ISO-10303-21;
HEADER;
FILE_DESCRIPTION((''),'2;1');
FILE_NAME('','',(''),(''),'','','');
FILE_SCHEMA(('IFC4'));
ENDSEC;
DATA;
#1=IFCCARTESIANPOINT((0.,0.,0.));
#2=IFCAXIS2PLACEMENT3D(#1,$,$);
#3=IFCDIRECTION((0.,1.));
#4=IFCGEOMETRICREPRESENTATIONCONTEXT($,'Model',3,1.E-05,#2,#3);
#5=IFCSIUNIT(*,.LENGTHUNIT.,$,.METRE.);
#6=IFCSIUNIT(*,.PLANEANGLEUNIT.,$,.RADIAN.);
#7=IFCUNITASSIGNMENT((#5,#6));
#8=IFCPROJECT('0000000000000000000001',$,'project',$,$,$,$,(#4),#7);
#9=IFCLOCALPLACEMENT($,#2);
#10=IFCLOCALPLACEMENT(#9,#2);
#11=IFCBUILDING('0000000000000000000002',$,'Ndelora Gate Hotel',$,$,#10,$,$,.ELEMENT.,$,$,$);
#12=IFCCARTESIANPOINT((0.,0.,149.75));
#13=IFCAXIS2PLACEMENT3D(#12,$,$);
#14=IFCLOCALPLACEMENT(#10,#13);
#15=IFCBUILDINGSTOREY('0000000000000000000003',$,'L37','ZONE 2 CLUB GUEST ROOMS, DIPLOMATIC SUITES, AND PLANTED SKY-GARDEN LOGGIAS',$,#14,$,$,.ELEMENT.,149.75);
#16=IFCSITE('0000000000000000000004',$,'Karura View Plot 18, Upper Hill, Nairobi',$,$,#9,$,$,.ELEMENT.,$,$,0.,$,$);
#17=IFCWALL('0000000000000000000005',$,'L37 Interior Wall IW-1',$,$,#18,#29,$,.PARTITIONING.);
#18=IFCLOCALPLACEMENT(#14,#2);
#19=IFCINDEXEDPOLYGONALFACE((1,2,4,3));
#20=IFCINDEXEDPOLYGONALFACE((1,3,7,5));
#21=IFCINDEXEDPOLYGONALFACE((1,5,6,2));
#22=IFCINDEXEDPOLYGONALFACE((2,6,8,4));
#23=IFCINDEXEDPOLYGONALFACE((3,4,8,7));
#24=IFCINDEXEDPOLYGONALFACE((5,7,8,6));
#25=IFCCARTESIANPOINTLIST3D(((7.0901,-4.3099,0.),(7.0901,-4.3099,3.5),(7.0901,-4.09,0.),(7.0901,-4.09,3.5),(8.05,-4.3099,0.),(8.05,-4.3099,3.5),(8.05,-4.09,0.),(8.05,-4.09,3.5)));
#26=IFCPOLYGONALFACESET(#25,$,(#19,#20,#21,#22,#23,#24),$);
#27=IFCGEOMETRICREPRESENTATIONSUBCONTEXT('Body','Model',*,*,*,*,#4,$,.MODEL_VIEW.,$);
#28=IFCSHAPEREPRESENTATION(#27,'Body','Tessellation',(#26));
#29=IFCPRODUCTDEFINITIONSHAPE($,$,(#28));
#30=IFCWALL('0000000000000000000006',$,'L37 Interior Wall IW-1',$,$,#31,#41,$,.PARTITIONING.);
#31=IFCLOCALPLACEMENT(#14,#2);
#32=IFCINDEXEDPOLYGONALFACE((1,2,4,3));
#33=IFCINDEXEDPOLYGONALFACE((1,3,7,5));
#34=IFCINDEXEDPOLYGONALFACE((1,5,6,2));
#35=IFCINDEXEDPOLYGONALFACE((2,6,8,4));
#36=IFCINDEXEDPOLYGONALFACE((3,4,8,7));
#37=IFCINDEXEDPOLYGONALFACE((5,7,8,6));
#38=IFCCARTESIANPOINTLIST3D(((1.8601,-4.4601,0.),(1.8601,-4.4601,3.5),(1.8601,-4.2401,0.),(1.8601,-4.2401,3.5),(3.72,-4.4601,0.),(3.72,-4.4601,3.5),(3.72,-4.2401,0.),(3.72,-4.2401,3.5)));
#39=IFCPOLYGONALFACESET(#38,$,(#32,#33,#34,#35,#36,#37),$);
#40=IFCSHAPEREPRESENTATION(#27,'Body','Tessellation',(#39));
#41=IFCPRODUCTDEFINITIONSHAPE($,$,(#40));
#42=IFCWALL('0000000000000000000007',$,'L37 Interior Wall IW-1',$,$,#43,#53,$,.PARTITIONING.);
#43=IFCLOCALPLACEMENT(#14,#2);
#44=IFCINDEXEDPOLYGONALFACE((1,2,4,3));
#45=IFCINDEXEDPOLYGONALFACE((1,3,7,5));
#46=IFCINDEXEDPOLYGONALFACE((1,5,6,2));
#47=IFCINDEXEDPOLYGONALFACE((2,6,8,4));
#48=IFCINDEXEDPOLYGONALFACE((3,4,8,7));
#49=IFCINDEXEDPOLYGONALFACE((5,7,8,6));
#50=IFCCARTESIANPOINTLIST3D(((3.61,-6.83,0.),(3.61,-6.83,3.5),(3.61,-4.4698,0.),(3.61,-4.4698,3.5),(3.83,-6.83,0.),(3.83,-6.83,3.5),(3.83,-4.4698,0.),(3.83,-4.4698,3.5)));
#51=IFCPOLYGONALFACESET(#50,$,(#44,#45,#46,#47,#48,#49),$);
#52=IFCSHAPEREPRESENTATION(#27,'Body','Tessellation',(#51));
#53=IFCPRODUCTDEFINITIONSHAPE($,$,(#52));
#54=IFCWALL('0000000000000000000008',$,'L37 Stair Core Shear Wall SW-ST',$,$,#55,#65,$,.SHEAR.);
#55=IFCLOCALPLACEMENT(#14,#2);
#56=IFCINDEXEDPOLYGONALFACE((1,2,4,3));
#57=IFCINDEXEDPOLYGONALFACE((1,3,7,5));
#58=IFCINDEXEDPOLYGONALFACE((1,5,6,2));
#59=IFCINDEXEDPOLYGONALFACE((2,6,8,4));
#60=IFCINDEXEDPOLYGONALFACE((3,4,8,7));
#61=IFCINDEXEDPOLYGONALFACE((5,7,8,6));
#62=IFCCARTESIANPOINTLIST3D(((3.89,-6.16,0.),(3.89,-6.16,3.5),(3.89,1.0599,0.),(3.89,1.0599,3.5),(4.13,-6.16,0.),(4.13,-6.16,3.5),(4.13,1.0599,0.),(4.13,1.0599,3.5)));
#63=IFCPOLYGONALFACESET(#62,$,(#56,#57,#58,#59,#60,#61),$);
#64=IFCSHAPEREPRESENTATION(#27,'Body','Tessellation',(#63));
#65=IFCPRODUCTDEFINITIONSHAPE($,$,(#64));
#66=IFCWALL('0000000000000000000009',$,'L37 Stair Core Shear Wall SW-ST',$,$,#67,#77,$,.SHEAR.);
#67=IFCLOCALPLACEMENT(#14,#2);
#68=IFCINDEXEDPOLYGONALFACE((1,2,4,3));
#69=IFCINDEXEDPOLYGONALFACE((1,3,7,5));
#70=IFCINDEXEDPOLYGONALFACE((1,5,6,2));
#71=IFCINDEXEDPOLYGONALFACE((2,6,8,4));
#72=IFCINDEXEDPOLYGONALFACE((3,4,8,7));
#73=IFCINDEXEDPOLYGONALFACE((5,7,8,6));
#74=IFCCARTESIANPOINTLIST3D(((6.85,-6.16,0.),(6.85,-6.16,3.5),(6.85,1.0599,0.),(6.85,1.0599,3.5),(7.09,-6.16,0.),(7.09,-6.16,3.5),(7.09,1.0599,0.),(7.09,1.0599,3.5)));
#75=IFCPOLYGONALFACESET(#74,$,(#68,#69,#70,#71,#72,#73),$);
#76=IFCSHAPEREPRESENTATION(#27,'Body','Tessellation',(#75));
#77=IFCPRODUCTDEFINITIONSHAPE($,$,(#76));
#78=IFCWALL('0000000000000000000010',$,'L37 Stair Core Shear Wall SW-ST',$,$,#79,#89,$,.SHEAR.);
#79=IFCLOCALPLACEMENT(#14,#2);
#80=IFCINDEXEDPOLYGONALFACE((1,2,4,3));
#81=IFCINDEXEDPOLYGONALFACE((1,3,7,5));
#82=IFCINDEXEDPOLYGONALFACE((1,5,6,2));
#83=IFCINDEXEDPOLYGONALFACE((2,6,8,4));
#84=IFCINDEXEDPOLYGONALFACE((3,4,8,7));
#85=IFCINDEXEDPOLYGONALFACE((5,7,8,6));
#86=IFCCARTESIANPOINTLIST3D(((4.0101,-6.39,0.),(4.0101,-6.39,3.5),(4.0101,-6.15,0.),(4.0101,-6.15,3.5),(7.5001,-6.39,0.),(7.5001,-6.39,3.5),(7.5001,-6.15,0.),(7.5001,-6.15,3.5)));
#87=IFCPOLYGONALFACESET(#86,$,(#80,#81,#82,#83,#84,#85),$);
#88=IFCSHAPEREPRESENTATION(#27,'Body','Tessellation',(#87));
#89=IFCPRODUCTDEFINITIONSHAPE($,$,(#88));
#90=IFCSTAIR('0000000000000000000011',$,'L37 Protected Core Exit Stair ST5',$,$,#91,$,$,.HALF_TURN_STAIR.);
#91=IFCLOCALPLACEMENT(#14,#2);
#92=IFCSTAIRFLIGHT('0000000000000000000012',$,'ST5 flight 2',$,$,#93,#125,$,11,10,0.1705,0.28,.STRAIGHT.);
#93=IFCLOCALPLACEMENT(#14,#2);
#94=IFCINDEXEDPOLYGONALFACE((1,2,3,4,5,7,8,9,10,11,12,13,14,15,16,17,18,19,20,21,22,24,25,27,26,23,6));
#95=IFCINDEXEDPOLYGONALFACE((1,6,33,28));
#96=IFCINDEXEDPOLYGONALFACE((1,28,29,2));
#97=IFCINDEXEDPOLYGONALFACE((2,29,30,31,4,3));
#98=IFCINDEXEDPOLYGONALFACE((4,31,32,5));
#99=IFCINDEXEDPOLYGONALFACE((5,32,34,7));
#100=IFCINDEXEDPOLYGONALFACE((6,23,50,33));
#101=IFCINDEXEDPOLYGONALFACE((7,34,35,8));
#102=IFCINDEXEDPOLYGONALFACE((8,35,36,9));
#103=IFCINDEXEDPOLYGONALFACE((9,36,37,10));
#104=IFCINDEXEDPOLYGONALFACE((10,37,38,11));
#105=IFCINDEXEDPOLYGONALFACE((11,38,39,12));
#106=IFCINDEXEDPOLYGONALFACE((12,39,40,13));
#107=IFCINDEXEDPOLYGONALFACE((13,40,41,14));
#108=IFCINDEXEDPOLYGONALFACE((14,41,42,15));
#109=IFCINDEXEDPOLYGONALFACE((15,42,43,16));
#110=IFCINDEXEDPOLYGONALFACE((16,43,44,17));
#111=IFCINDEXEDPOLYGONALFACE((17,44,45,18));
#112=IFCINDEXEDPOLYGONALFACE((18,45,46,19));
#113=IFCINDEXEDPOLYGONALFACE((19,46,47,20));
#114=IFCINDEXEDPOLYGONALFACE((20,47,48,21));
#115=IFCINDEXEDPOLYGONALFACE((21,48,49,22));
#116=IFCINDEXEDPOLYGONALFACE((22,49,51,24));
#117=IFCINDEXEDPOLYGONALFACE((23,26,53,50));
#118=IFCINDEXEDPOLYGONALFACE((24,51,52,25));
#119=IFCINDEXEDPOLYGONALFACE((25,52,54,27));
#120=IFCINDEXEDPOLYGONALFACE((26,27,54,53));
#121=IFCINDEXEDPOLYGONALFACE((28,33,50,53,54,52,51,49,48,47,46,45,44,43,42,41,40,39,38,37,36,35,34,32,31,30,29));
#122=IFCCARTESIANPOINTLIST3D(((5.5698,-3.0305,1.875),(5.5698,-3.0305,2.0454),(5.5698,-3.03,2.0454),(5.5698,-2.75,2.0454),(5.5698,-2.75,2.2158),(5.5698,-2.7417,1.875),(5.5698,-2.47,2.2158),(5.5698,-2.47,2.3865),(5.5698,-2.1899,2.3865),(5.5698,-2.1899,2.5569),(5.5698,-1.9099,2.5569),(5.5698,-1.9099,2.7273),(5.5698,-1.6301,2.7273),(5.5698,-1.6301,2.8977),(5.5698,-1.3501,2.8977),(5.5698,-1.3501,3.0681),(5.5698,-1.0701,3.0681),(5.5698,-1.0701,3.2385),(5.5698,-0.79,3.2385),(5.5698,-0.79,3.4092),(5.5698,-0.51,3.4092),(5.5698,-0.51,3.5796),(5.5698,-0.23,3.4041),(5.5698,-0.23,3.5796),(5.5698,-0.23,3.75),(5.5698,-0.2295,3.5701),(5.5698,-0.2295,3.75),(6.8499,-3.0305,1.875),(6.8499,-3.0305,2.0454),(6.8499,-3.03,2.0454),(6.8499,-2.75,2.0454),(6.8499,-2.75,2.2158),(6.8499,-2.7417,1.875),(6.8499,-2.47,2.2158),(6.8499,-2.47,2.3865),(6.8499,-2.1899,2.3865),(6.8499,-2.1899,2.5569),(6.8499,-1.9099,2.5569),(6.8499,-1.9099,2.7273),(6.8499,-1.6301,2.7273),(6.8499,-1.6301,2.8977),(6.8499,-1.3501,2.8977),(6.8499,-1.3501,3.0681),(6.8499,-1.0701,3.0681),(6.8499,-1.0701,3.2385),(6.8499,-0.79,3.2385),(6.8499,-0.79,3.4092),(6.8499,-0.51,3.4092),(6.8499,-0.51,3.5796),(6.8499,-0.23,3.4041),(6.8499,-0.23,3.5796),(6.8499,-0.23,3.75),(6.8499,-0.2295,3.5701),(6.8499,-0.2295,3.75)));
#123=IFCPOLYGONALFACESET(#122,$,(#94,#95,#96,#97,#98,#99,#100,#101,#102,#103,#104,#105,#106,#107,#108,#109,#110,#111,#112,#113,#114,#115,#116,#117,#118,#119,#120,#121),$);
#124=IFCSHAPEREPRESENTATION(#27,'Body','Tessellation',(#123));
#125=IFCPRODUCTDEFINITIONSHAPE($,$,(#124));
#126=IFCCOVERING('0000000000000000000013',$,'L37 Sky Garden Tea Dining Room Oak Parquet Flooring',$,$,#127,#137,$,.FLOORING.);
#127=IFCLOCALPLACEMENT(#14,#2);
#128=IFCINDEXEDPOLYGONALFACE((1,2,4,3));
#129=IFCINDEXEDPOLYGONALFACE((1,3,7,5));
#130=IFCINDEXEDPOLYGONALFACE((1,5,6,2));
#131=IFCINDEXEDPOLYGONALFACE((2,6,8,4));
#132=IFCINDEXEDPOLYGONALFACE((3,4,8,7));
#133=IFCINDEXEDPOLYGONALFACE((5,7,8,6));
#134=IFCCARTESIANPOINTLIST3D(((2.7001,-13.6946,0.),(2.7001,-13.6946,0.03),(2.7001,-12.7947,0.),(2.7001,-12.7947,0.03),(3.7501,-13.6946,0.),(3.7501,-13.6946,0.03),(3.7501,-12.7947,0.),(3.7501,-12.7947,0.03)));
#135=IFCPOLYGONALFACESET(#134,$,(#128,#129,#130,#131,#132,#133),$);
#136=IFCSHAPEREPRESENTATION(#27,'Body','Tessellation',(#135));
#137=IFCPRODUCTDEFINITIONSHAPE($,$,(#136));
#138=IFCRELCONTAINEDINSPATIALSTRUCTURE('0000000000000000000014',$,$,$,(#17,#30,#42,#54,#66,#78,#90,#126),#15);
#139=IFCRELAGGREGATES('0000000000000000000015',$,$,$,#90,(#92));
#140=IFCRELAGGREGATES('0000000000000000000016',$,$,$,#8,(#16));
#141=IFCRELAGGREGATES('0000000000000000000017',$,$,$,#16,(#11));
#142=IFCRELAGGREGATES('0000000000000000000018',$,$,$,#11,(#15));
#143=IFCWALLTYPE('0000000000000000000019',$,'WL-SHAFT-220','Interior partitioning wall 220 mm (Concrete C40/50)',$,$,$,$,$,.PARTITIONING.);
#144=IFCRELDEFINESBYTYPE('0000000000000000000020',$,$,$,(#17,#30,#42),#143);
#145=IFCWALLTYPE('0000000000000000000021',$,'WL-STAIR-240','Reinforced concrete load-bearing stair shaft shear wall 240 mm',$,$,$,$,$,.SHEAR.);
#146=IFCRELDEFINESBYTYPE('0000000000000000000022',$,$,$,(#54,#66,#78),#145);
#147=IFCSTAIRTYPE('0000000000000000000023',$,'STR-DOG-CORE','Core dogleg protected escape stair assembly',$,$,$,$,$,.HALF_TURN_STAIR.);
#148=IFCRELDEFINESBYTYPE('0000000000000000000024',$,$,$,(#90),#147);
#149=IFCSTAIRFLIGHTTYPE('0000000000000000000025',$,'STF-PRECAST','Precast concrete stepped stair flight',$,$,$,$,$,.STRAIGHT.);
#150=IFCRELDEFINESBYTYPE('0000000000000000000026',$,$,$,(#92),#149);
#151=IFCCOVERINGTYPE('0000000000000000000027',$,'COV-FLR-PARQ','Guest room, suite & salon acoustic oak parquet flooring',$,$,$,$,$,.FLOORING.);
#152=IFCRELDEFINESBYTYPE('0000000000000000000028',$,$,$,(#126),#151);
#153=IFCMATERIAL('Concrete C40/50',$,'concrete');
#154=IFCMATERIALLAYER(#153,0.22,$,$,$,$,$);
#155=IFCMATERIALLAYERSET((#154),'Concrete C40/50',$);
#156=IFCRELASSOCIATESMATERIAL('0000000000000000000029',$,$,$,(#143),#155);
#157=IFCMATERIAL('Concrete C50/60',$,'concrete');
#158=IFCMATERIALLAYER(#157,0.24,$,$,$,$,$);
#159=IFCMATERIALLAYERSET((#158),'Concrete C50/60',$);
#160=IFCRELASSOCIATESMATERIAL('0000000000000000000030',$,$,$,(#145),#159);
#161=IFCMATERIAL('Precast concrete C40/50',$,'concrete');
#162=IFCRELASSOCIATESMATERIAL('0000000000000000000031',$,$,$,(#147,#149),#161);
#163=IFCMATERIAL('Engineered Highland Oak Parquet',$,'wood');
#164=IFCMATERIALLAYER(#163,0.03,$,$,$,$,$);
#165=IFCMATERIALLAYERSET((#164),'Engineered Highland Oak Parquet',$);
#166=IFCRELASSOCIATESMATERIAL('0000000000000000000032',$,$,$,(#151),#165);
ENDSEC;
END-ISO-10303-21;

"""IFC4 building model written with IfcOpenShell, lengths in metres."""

from ifc_helpers import new_model, si_unit, direction, frame, frame_2d, origin, origin_2d, place, context, subcontext, project, spatial, polyline, rectangle, outline, extrude, material, layer, layer_set, type_object, element, aggregate, save


model = new_model("IFC4")

# Units and contexts
model_context = context("Model", 3, precision=1e-05, world=origin(), true_north=direction((0.0, 1.0)))
body_context = subcontext(model_context, "Body", "Model", "MODEL_VIEW")
ifc_project = project(units=[si_unit("LENGTHUNIT", "METRE"), si_unit("PLANEANGLEUNIT", "RADIAN")], contexts=[model_context])

# Site, building, storey
site_placement = place(None, origin())
site = spatial("IfcSite", under=ifc_project, at=site_placement, Name="Karura View Plot 18, Upper Hill, Nairobi", CompositionType="ELEMENT", RefElevation=0.0)
building_placement = place(site_placement, origin())
building = spatial("IfcBuilding", under=site, at=building_placement, Name="Ndelora Gate Hotel", CompositionType="ELEMENT")
storey_placement = place(building_placement, frame((0.0, 0.0, 149.75)))
storey = spatial("IfcBuildingStorey", under=building, at=storey_placement, Name="L37", Description="ZONE 2 CLUB GUEST ROOMS, DIPLOMATIC SUITES, AND PLANTED SKY-GARDEN LOGGIAS", CompositionType="ELEMENT", Elevation=149.75)

# Walls
ifc_material_1 = material(Name="Concrete C40/50", Category="concrete")
ifc_layer_1 = layer(ifc_material_1, 0.22)
ifc_layer_set_1 = layer_set([ifc_layer_1], Name="Concrete C40/50")
wall_type_1 = type_object("IfcWallType", Name="WL-SHAFT-220", Description="Interior partitioning wall 220 mm (Concrete C40/50)", PredefinedType="PARTITIONING", material=ifc_layer_set_1)
wall_1_placement = place(storey_placement, frame((7.0901, -4.2, 0.0), z_axis=(0.0, 0.0, 1.0), x_axis=(1.0, 0.0, 0.0)))
element("IfcWall", 1, at=wall_1_placement, inside=storey, type_object=wall_type_1, Name="L37 Interior Wall IW-1", PredefinedType="PARTITIONING", context=body_context, shape_type="SweptSolid", body=[
    extrude(rectangle(XDim=0.96, YDim=0.22, at=frame_2d((0.48, 0.0))), origin(), (0.0, 0.0, 1.0), 3.5),
])
wall_2_placement = place(storey_placement, frame((1.8601, -4.3501, 0.0), z_axis=(0.0, 0.0, 1.0), x_axis=(1.0, 0.0, 0.0)))
element("IfcWall", 2, at=wall_2_placement, inside=storey, type_object=wall_type_1, Name="L37 Interior Wall IW-1", PredefinedType="PARTITIONING", context=body_context, shape_type="SweptSolid", body=[
    extrude(rectangle(XDim=1.8599, YDim=0.22, at=frame_2d((0.9299, 0.0))), origin(), (0.0, 0.0, 1.0), 3.5),
])
wall_3_placement = place(storey_placement, frame((3.72, -6.8301, 0.0), z_axis=(0.0, 0.0, 1.0), x_axis=(0.0, 1.0, 0.0)))
element("IfcWall", 3, at=wall_3_placement, inside=storey, type_object=wall_type_1, Name="L37 Interior Wall IW-1", PredefinedType="PARTITIONING", context=body_context, shape_type="SweptSolid", body=[
    extrude(rectangle(XDim=2.3601, YDim=0.22, at=frame_2d((1.1802, 0.0))), origin(), (0.0, 0.0, 1.0), 3.5),
])
ifc_material_2 = material(Name="Concrete C50/60", Category="concrete")
ifc_layer_2 = layer(ifc_material_2, 0.24)
ifc_layer_set_2 = layer_set([ifc_layer_2], Name="Concrete C50/60")
wall_type_2 = type_object("IfcWallType", Name="WL-STAIR-240", Description="Reinforced concrete load-bearing stair shaft shear wall 240 mm", PredefinedType="SHEAR", material=ifc_layer_set_2)
for number, where, z_axis, x_axis, name in (
    (4, (4.01, -6.1599, 0.0), (0.0, 0.0, 1.0), (0.0, 1.0, 0.0), "L37 Stair Core Shear Wall SW-ST"),
    (5, (6.97, -6.1599, 0.0), (0.0, 0.0, 1.0), (0.0, 1.0, 0.0), "L37 Stair Core Shear Wall SW-ST"),
):
    element("IfcWall", number, at=place(storey_placement, frame(where, z_axis=z_axis, x_axis=x_axis)), inside=storey, type_object=wall_type_2, Name=name, PredefinedType="SHEAR", context=body_context, shape_type="SweptSolid", body=[
        extrude(rectangle(XDim=7.22, YDim=0.24, at=frame_2d((3.6099, 0.0))), origin(), (0.0, 0.0, 1.0), 3.5),
    ])
wall_4_placement = place(storey_placement, frame((4.01, -6.27, 0.0), z_axis=(0.0, 0.0, 1.0), x_axis=(1.0, 0.0, 0.0)))
element("IfcWall", 6, at=wall_4_placement, inside=storey, type_object=wall_type_2, Name="L37 Stair Core Shear Wall SW-ST", PredefinedType="SHEAR", context=body_context, shape_type="SweptSolid", body=[
    extrude(rectangle(XDim=3.49, YDim=0.24, at=frame_2d((1.7451, 0.0))), origin(), (0.0, 0.0, 1.0), 3.5),
])

# Stair, stair flight
ifc_material_3 = material(Name="Precast concrete C40/50", Category="concrete")
stair_type = type_object("IfcStairType", Name="STR-DOG-CORE", Description="Core dogleg protected escape stair assembly", PredefinedType="HALF_TURN_STAIR", material=ifc_material_3)
stair_placement = place(storey_placement, origin())
stair = element("IfcStair", 7, at=stair_placement, inside=storey, type_object=stair_type, Name="L37 Protected Core Exit Stair ST5", PredefinedType="HALF_TURN_STAIR")
stair_flight_type = type_object("IfcStairFlightType", Name="STF-PRECAST", Description="Precast concrete stepped stair flight", PredefinedType="STRAIGHT", material=ifc_material_3)
stair_flight_placement = place(storey_placement, frame((6.21, -3.03, 1.875), z_axis=(0.0, 0.0, 1.0), x_axis=(0.0, 1.0, 0.0)))
stair_flight = element("IfcStairFlight", 8, at=stair_flight_placement, type_object=stair_flight_type, Name="ST5 flight 2", NumberOfRisers=11, NumberOfTreads=10, PredefinedType="STRAIGHT", RiserHeight=0.1705, TreadLength=0.28, context=body_context, shape_type="SweptSolid", body=[
    extrude(outline(polyline([(-0.0005, 0.0), (-0.0005, 0.1704), (0.0, 0.1704), (0.28, 0.1704), (0.28, 0.3408), (0.5601, 0.3408), (0.5601, 0.5115), (0.8401, 0.5115), (0.8401, 0.6819), (1.1201, 0.6819), (1.1201, 0.8523), (1.3999, 0.8523), (1.3999, 1.0227), (1.6799, 1.0227), (1.6799, 1.1931), (1.96, 1.1931), (1.96, 1.3635), (2.24, 1.3635), (2.24, 1.5342), (2.52, 1.5342), (2.52, 1.7046), (2.8, 1.7046), (2.8, 1.875), (2.8005, 1.875), (2.8005, 1.6951), (2.8, 1.5291), (0.2883, 0.0), (-0.0005, 0.0)])), frame((0.0, 0.6401, 0.0), z_axis=(0.0, -1.0, 0.0), x_axis=(1.0, 0.0, 0.0)), (0.0, 0.0, 1.0), 1.28),
])
aggregate(stair, [stair_flight])

# Covering
ifc_material_4 = material(Name="Engineered Highland Oak Parquet", Category="wood")
ifc_layer_3 = layer(ifc_material_4, 0.03)
ifc_layer_set_3 = layer_set([ifc_layer_3], Name="Engineered Highland Oak Parquet")
covering_type = type_object("IfcCoveringType", Name="COV-FLR-PARQ", Description="Guest room, suite & salon acoustic oak parquet flooring", PredefinedType="FLOORING", material=ifc_layer_set_3)
covering_placement = place(storey_placement, frame((3.2251, -13.2446, 0.0), z_axis=(0.0, 0.0, 1.0), x_axis=(1.0, 0.0, 0.0)))
element("IfcCovering", 9, at=covering_placement, inside=storey, type_object=covering_type, Name="L37 Sky Garden Tea Dining Room Oak Parquet Flooring", PredefinedType="FLOORING", context=body_context, shape_type="SweptSolid", body=[
    extrude(rectangle(XDim=1.05, YDim=0.8999, at=origin_2d()), origin(), (0.0, 0.0, 1.0), 0.03),
])

save(model, "model.ifc")
